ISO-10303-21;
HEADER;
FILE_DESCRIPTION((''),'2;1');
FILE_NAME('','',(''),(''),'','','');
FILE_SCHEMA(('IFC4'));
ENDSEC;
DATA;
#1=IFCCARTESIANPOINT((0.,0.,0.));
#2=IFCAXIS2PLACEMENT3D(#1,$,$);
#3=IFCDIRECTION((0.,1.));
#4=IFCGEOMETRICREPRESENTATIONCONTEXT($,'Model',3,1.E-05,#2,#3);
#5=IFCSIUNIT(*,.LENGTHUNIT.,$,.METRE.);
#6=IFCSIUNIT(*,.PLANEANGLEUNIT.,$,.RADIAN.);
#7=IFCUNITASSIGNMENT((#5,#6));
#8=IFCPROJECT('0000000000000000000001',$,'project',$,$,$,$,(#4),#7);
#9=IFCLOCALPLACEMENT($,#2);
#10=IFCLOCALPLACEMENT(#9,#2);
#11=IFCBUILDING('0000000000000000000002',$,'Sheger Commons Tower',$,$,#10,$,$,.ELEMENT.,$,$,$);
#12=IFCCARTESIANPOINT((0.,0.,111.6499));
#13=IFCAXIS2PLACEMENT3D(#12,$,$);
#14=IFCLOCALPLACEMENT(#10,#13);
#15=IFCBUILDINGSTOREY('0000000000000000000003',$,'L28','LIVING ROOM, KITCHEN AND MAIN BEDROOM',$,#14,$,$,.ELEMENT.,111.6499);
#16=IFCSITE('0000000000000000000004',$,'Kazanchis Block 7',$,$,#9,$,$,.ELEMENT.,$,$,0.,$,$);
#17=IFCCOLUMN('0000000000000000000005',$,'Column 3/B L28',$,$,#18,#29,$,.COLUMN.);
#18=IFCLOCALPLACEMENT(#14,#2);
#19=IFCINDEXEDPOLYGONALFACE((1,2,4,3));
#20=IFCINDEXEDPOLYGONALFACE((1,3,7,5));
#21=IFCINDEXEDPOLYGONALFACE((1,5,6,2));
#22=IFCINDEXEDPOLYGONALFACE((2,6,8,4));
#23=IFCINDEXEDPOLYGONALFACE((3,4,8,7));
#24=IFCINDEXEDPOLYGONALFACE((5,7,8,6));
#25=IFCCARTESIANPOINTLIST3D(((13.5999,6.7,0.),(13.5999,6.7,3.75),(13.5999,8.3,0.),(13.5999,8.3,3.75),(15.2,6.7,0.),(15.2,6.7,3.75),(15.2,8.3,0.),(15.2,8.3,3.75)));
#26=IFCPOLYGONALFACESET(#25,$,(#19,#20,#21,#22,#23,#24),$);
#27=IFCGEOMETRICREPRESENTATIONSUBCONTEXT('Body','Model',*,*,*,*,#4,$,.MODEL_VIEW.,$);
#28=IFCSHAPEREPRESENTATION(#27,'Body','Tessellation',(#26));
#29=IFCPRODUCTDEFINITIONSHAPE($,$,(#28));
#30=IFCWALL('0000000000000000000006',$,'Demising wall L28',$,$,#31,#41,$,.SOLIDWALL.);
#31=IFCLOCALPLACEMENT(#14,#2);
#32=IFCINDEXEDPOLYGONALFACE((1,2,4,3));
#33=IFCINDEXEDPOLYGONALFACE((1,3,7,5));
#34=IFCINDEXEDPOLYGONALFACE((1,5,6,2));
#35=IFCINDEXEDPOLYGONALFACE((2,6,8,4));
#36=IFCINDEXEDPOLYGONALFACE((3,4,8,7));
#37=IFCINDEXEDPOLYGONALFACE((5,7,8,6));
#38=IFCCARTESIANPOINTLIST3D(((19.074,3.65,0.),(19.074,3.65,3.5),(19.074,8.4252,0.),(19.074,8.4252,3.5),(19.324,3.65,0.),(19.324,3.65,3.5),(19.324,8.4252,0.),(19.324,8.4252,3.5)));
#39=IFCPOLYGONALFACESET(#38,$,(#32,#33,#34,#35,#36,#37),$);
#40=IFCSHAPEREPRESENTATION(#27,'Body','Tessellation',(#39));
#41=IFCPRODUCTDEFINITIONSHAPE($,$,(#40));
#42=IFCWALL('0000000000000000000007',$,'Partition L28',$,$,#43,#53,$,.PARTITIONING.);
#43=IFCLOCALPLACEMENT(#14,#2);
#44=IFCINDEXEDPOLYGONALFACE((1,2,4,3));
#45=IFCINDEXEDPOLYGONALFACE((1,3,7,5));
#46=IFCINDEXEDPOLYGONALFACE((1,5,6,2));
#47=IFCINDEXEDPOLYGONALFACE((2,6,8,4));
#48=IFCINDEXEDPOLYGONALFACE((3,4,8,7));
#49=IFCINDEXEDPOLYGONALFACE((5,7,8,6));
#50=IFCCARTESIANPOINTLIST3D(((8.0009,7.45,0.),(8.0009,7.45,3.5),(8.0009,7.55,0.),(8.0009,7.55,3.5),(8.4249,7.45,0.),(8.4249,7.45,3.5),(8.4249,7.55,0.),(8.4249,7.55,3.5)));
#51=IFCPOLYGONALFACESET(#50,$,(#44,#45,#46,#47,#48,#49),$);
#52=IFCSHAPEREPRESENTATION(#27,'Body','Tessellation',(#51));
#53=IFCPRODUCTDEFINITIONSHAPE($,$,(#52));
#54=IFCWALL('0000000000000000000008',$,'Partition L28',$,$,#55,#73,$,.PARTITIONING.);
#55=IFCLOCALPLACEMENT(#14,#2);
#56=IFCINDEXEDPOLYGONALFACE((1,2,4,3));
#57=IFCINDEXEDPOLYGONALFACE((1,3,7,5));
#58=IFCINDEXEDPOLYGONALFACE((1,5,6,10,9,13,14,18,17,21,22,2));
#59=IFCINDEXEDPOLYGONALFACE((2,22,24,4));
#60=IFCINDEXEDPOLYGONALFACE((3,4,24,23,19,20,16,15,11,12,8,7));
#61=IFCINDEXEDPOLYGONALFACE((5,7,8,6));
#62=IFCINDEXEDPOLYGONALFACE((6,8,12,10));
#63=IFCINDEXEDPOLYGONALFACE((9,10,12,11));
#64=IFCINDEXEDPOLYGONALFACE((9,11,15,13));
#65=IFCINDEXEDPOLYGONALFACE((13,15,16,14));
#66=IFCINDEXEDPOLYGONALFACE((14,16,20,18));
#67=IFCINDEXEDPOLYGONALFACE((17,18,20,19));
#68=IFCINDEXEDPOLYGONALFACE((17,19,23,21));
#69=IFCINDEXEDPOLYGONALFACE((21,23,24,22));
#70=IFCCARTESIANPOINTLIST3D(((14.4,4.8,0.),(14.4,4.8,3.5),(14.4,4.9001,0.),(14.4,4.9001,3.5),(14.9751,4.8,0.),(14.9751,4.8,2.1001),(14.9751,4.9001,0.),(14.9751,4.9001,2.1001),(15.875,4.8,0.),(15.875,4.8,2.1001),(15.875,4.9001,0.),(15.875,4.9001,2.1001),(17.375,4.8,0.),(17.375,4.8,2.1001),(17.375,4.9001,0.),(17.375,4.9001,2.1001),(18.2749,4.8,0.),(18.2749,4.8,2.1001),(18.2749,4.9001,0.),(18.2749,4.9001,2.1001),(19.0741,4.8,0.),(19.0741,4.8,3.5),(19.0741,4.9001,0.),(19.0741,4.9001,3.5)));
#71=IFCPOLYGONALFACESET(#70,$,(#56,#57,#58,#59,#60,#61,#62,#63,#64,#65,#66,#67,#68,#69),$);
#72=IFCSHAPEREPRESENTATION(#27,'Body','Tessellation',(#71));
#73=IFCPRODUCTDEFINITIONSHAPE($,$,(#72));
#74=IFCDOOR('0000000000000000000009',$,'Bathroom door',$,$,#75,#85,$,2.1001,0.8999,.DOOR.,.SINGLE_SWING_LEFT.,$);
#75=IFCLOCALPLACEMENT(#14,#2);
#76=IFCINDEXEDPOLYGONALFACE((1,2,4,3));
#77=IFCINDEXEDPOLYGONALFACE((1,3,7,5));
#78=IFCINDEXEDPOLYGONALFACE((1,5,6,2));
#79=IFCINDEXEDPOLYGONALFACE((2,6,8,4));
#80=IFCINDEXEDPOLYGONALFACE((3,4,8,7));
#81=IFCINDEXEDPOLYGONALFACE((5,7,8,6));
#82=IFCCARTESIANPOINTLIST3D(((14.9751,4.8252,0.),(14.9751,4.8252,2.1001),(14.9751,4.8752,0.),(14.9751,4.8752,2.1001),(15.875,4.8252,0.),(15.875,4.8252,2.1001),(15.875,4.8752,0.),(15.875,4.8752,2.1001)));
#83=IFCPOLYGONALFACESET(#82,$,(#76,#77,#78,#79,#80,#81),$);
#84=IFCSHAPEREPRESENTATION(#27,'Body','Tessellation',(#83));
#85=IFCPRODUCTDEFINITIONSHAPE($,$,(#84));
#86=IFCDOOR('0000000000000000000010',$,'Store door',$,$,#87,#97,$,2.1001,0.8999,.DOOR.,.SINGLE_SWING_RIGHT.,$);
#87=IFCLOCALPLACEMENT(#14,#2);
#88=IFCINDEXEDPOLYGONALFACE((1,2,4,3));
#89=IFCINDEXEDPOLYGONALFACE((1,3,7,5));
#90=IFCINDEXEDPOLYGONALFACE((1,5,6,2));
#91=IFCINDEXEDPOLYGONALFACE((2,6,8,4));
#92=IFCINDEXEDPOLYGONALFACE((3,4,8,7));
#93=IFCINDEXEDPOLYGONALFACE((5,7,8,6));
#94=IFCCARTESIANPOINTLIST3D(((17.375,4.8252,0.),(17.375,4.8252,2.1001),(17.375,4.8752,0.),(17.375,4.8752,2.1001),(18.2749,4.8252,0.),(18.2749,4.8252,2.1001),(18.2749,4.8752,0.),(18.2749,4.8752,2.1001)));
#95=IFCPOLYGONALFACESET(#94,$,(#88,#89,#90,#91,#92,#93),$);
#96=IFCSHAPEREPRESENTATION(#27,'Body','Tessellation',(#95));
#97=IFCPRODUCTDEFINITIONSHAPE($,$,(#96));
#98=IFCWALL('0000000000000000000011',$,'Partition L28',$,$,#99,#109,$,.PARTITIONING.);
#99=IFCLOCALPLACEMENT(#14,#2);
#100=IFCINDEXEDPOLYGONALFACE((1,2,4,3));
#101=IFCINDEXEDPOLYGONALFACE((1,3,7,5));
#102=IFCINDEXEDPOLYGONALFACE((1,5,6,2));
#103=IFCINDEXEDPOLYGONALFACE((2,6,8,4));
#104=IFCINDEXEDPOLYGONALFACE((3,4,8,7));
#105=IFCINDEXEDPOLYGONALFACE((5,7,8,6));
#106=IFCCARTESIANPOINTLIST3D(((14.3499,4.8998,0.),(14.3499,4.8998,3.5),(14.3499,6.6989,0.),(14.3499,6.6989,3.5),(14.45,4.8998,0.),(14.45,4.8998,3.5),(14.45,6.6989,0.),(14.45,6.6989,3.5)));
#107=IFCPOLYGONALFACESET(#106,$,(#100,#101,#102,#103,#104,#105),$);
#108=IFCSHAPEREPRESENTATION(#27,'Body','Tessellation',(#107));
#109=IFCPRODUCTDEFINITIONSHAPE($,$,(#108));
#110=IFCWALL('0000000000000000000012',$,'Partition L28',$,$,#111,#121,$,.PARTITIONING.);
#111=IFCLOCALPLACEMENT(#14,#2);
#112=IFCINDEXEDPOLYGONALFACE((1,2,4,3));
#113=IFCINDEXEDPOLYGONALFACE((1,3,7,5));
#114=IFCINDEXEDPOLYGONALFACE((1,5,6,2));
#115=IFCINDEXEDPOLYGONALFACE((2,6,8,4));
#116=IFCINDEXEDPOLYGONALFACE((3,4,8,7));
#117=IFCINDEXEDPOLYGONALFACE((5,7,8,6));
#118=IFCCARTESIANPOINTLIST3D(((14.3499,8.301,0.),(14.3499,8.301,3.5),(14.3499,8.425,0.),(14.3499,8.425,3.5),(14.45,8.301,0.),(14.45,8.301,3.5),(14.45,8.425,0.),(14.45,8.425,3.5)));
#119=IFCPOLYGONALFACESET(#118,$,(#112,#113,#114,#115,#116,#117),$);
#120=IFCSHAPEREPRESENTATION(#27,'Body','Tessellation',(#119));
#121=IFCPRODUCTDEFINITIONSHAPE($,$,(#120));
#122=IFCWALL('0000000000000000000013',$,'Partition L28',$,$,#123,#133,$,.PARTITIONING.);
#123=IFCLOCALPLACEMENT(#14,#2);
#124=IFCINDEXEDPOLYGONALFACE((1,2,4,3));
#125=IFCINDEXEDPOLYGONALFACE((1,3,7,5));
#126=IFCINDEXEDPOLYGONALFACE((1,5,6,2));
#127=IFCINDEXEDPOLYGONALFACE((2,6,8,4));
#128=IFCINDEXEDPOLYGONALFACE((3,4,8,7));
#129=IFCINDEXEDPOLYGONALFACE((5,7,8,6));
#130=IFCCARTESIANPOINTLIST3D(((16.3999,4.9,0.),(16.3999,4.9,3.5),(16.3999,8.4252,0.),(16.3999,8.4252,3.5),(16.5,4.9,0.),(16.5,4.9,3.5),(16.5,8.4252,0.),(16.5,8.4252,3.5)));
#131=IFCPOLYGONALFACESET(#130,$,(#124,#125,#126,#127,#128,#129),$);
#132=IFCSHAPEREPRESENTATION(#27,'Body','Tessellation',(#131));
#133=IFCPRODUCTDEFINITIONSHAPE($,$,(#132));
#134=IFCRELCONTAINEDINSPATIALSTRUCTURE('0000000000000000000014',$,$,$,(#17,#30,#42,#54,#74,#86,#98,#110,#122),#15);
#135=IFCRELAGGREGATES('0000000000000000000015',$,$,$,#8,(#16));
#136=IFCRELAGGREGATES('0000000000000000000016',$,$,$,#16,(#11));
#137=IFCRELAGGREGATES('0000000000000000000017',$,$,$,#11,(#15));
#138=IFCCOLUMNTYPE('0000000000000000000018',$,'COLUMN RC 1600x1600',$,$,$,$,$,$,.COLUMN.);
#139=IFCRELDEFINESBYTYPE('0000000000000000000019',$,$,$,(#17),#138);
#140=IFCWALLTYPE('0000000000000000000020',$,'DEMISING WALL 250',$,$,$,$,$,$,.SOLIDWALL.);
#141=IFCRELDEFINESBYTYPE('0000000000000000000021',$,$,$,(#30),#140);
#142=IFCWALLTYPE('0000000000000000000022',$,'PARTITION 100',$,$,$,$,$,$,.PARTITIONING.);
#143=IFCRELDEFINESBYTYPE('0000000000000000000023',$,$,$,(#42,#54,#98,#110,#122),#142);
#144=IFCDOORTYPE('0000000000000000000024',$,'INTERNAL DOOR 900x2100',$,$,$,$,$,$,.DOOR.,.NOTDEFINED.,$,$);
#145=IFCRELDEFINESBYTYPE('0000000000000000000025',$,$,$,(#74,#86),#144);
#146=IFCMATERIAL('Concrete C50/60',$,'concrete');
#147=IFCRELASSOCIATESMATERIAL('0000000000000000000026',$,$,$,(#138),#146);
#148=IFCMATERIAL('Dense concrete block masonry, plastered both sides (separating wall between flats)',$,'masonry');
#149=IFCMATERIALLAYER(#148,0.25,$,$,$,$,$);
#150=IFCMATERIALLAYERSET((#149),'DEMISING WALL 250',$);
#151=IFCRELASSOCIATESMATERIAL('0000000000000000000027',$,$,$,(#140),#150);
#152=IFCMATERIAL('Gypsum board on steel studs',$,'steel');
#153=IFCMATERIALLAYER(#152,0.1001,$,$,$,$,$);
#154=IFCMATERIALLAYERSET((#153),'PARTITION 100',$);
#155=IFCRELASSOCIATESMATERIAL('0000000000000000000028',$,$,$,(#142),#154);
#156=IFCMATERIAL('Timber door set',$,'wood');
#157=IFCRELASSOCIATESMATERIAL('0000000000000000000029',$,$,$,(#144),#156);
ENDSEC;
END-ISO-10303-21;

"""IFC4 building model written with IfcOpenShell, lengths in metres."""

from ifc_helpers import new_model, si_unit, direction, frame, frame_2d, origin, origin_2d, place, context, subcontext, project, spatial, rectangle, extrude, material, layer, layer_set, material_profile, profile_set, type_object, element, fill, save


model = new_model("IFC4")

# Units and contexts
model_context = context("Model", 3, precision=1e-05, world=origin(), true_north=direction((0.0, 1.0)))
body_context = subcontext(model_context, "Body", "Model", "MODEL_VIEW")
ifc_project = project(units=[si_unit("LENGTHUNIT", "METRE"), si_unit("PLANEANGLEUNIT", "RADIAN")], contexts=[model_context])

# Site, building, storey
site_placement = place(None, origin())
site = spatial("IfcSite", under=ifc_project, at=site_placement, Name="Kazanchis Block 7", CompositionType="ELEMENT", RefElevation=0.0)
building_placement = place(site_placement, origin())
building = spatial("IfcBuilding", under=site, at=building_placement, Name="Sheger Commons Tower", CompositionType="ELEMENT")
storey_placement = place(building_placement, frame((0.0, 0.0, 111.6499)))
storey = spatial("IfcBuildingStorey", under=building, at=storey_placement, Name="L28", Description="LIVING ROOM, KITCHEN AND MAIN BEDROOM", CompositionType="ELEMENT", Elevation=111.6499)

# Column
ifc_material_1 = material(Name="Concrete C50/60", Category="concrete")
ifc_material_profile = material_profile(ifc_material_1, rectangle(XDim=1.6001, YDim=1.6001, at=origin_2d()), Name="RC 1600x1600")
ifc_profile_set = profile_set([ifc_material_profile], Name="Concrete C50/60")
column_type = type_object("IfcColumnType", Name="COLUMN RC 1600x1600", PredefinedType="COLUMN", material=ifc_profile_set)
column_placement = place(storey_placement, frame((14.3999, 7.5, 0.0), z_axis=(0.0, 0.0, 1.0), x_axis=(1.0, 0.0, 0.0)))
element("IfcColumn", 1, at=column_placement, inside=storey, type_object=column_type, Name="Column 3/B L28", PredefinedType="COLUMN", context=body_context, shape_type="SweptSolid", body=[
    extrude(rectangle(XDim=1.6001, YDim=1.6001, at=origin_2d()), origin(), (0.0, 0.0, 1.0), 3.75),
])

# Walls
ifc_material_2 = material(Name="Dense concrete block masonry, plastered both sides (separating wall between flats)", Category="masonry")
ifc_layer_1 = layer(ifc_material_2, 0.25)
ifc_layer_set_1 = layer_set([ifc_layer_1], Name="DEMISING WALL 250")
wall_type_1 = type_object("IfcWallType", Name="DEMISING WALL 250", PredefinedType="SOLIDWALL", material=ifc_layer_set_1)
wall_1_placement = place(storey_placement, frame((19.199, 3.6499, 0.0), z_axis=(0.0, 0.0, 1.0), x_axis=(0.0, 1.0, 0.0)))
element("IfcWall", 2, at=wall_1_placement, inside=storey, type_object=wall_type_1, Name="Demising wall L28", PredefinedType="SOLIDWALL", context=body_context, shape_type="SweptSolid", body=[
    extrude(rectangle(XDim=4.7751, YDim=0.25, at=frame_2d((2.3877, 0.0))), origin(), (0.0, 0.0, 1.0), 3.5),
])
ifc_material_3 = material(Name="Gypsum board on steel studs", Category="steel")
ifc_layer_2 = layer(ifc_material_3, 0.1001)
ifc_layer_set_2 = layer_set([ifc_layer_2], Name="PARTITION 100")
wall_type_2 = type_object("IfcWallType", Name="PARTITION 100", PredefinedType="PARTITIONING", material=ifc_layer_set_2)
wall_2_placement = place(storey_placement, frame((8.001, 7.5, 0.0), z_axis=(0.0, 0.0, 1.0), x_axis=(1.0, 0.0, 0.0)))
element("IfcWall", 3, at=wall_2_placement, inside=storey, type_object=wall_type_2, Name="Partition L28", PredefinedType="PARTITIONING", context=body_context, shape_type="SweptSolid", body=[
    extrude(rectangle(XDim=0.4241, YDim=0.1001, at=frame_2d((0.2119, 0.0))), origin(), (0.0, 0.0, 1.0), 3.5),
])

# Wall, openings, doors
wall_3_placement = place(storey_placement, frame((19.074, 4.8501, 0.0), z_axis=(0.0, 0.0, 1.0), x_axis=(-1.0, 0.0, 0.0)))
wall_3 = element("IfcWall", 4, at=wall_3_placement, inside=storey, type_object=wall_type_2, Name="Partition L28", PredefinedType="PARTITIONING", context=body_context, shape_type="SweptSolid", body=[
    extrude(rectangle(XDim=4.6741, YDim=0.1001, at=frame_2d((2.3369, 0.0))), origin(), (0.0, 0.0, 1.0), 3.5),
])
opening_1_placement = place(wall_3_placement, frame((3.199, 0.0, 0.0)))
opening_1 = element("IfcOpeningElement", 5, at=opening_1_placement, cuts=wall_3, PredefinedType="OPENING", context=body_context, shape_type="SweptSolid", body=[
    extrude(rectangle(XDim=0.8999, YDim=2.1001, at=frame_2d((0.45, 1.05))), frame((0.0, 0.0601, 0.0), z_axis=(0.0, -1.0, 0.0), x_axis=(1.0, 0.0, 0.0)), (0.0, 0.0, 1.0), 0.1201),
])
opening_2_placement = place(wall_3_placement, frame((0.7991, 0.0, 0.0)))
opening_2 = element("IfcOpeningElement", 6, at=opening_2_placement, cuts=wall_3, PredefinedType="OPENING", context=body_context, shape_type="SweptSolid", body=[
    extrude(rectangle(XDim=0.8999, YDim=2.1001, at=frame_2d((0.45, 1.05))), frame((0.0, 0.0601, 0.0), z_axis=(0.0, -1.0, 0.0), x_axis=(1.0, 0.0, 0.0)), (0.0, 0.0, 1.0), 0.1201),
])
ifc_material_4 = material(Name="Timber door set", Category="wood")
door_type_1 = type_object("IfcDoorType", Name="INTERNAL DOOR 900x2100", OperationType="NOTDEFINED", PredefinedType="DOOR", material=ifc_material_4)
door_1_placement = place(opening_1_placement, origin())
door_1 = element("IfcDoor", 7, at=door_1_placement, inside=storey, type_object=door_type_1, Name="Bathroom door", OperationType="SINGLE_SWING_LEFT", OverallHeight=2.1001, OverallWidth=0.8999, PredefinedType="DOOR", context=body_context, shape_type="SweptSolid", body=[
    extrude(rectangle(XDim=0.8999, YDim=2.1001, at=frame_2d((0.45, 1.05))), frame((0.0, 0.0249, 0.0), z_axis=(0.0, -1.0, 0.0), x_axis=(1.0, 0.0, 0.0)), (0.0, 0.0, 1.0), 0.05),
])
fill(opening_1, door_1)
door_2_placement = place(opening_2_placement, origin())
door_2 = element("IfcDoor", 8, at=door_2_placement, inside=storey, type_object=door_type_1, Name="Store door", OperationType="SINGLE_SWING_RIGHT", OverallHeight=2.1001, OverallWidth=0.8999, PredefinedType="DOOR", context=body_context, shape_type="SweptSolid", body=[
    extrude(rectangle(XDim=0.8999, YDim=2.1001, at=frame_2d((0.45, 1.05))), frame((0.0, 0.0249, 0.0), z_axis=(0.0, -1.0, 0.0), x_axis=(1.0, 0.0, 0.0)), (0.0, 0.0, 1.0), 0.05),
])
fill(opening_2, door_2)

# Walls
wall_4_placement = place(storey_placement, frame((14.3999, 4.8999, 0.0), z_axis=(0.0, 0.0, 1.0), x_axis=(0.0, 1.0, 0.0)))
element("IfcWall", 9, at=wall_4_placement, inside=storey, type_object=wall_type_2, Name="Partition L28", PredefinedType="PARTITIONING", context=body_context, shape_type="SweptSolid", body=[
    extrude(rectangle(XDim=1.7991, YDim=0.1001, at=frame_2d((0.8994, 0.0))), origin(), (0.0, 0.0, 1.0), 3.5),
])
wall_5_placement = place(storey_placement, frame((14.3999, 8.301, 0.0), z_axis=(0.0, 0.0, 1.0), x_axis=(0.0, 1.0, 0.0)))
element("IfcWall", 10, at=wall_5_placement, inside=storey, type_object=wall_type_2, Name="Partition L28", PredefinedType="PARTITIONING", context=body_context, shape_type="SweptSolid", body=[
    extrude(rectangle(XDim=0.124, YDim=0.1001, at=frame_2d((0.062, 0.0))), origin(), (0.0, 0.0, 1.0), 3.5),
])
wall_6_placement = place(storey_placement, frame((16.45, 4.8999, 0.0), z_axis=(0.0, 0.0, 1.0), x_axis=(0.0, 1.0, 0.0)))
element("IfcWall", 11, at=wall_6_placement, inside=storey, type_object=wall_type_2, Name="Partition L28", PredefinedType="PARTITIONING", context=body_context, shape_type="SweptSolid", body=[
    extrude(rectangle(XDim=3.5251, YDim=0.1001, at=frame_2d((1.7627, 0.0))), origin(), (0.0, 0.0, 1.0), 3.5),
])

save(model, "model.ifc")
